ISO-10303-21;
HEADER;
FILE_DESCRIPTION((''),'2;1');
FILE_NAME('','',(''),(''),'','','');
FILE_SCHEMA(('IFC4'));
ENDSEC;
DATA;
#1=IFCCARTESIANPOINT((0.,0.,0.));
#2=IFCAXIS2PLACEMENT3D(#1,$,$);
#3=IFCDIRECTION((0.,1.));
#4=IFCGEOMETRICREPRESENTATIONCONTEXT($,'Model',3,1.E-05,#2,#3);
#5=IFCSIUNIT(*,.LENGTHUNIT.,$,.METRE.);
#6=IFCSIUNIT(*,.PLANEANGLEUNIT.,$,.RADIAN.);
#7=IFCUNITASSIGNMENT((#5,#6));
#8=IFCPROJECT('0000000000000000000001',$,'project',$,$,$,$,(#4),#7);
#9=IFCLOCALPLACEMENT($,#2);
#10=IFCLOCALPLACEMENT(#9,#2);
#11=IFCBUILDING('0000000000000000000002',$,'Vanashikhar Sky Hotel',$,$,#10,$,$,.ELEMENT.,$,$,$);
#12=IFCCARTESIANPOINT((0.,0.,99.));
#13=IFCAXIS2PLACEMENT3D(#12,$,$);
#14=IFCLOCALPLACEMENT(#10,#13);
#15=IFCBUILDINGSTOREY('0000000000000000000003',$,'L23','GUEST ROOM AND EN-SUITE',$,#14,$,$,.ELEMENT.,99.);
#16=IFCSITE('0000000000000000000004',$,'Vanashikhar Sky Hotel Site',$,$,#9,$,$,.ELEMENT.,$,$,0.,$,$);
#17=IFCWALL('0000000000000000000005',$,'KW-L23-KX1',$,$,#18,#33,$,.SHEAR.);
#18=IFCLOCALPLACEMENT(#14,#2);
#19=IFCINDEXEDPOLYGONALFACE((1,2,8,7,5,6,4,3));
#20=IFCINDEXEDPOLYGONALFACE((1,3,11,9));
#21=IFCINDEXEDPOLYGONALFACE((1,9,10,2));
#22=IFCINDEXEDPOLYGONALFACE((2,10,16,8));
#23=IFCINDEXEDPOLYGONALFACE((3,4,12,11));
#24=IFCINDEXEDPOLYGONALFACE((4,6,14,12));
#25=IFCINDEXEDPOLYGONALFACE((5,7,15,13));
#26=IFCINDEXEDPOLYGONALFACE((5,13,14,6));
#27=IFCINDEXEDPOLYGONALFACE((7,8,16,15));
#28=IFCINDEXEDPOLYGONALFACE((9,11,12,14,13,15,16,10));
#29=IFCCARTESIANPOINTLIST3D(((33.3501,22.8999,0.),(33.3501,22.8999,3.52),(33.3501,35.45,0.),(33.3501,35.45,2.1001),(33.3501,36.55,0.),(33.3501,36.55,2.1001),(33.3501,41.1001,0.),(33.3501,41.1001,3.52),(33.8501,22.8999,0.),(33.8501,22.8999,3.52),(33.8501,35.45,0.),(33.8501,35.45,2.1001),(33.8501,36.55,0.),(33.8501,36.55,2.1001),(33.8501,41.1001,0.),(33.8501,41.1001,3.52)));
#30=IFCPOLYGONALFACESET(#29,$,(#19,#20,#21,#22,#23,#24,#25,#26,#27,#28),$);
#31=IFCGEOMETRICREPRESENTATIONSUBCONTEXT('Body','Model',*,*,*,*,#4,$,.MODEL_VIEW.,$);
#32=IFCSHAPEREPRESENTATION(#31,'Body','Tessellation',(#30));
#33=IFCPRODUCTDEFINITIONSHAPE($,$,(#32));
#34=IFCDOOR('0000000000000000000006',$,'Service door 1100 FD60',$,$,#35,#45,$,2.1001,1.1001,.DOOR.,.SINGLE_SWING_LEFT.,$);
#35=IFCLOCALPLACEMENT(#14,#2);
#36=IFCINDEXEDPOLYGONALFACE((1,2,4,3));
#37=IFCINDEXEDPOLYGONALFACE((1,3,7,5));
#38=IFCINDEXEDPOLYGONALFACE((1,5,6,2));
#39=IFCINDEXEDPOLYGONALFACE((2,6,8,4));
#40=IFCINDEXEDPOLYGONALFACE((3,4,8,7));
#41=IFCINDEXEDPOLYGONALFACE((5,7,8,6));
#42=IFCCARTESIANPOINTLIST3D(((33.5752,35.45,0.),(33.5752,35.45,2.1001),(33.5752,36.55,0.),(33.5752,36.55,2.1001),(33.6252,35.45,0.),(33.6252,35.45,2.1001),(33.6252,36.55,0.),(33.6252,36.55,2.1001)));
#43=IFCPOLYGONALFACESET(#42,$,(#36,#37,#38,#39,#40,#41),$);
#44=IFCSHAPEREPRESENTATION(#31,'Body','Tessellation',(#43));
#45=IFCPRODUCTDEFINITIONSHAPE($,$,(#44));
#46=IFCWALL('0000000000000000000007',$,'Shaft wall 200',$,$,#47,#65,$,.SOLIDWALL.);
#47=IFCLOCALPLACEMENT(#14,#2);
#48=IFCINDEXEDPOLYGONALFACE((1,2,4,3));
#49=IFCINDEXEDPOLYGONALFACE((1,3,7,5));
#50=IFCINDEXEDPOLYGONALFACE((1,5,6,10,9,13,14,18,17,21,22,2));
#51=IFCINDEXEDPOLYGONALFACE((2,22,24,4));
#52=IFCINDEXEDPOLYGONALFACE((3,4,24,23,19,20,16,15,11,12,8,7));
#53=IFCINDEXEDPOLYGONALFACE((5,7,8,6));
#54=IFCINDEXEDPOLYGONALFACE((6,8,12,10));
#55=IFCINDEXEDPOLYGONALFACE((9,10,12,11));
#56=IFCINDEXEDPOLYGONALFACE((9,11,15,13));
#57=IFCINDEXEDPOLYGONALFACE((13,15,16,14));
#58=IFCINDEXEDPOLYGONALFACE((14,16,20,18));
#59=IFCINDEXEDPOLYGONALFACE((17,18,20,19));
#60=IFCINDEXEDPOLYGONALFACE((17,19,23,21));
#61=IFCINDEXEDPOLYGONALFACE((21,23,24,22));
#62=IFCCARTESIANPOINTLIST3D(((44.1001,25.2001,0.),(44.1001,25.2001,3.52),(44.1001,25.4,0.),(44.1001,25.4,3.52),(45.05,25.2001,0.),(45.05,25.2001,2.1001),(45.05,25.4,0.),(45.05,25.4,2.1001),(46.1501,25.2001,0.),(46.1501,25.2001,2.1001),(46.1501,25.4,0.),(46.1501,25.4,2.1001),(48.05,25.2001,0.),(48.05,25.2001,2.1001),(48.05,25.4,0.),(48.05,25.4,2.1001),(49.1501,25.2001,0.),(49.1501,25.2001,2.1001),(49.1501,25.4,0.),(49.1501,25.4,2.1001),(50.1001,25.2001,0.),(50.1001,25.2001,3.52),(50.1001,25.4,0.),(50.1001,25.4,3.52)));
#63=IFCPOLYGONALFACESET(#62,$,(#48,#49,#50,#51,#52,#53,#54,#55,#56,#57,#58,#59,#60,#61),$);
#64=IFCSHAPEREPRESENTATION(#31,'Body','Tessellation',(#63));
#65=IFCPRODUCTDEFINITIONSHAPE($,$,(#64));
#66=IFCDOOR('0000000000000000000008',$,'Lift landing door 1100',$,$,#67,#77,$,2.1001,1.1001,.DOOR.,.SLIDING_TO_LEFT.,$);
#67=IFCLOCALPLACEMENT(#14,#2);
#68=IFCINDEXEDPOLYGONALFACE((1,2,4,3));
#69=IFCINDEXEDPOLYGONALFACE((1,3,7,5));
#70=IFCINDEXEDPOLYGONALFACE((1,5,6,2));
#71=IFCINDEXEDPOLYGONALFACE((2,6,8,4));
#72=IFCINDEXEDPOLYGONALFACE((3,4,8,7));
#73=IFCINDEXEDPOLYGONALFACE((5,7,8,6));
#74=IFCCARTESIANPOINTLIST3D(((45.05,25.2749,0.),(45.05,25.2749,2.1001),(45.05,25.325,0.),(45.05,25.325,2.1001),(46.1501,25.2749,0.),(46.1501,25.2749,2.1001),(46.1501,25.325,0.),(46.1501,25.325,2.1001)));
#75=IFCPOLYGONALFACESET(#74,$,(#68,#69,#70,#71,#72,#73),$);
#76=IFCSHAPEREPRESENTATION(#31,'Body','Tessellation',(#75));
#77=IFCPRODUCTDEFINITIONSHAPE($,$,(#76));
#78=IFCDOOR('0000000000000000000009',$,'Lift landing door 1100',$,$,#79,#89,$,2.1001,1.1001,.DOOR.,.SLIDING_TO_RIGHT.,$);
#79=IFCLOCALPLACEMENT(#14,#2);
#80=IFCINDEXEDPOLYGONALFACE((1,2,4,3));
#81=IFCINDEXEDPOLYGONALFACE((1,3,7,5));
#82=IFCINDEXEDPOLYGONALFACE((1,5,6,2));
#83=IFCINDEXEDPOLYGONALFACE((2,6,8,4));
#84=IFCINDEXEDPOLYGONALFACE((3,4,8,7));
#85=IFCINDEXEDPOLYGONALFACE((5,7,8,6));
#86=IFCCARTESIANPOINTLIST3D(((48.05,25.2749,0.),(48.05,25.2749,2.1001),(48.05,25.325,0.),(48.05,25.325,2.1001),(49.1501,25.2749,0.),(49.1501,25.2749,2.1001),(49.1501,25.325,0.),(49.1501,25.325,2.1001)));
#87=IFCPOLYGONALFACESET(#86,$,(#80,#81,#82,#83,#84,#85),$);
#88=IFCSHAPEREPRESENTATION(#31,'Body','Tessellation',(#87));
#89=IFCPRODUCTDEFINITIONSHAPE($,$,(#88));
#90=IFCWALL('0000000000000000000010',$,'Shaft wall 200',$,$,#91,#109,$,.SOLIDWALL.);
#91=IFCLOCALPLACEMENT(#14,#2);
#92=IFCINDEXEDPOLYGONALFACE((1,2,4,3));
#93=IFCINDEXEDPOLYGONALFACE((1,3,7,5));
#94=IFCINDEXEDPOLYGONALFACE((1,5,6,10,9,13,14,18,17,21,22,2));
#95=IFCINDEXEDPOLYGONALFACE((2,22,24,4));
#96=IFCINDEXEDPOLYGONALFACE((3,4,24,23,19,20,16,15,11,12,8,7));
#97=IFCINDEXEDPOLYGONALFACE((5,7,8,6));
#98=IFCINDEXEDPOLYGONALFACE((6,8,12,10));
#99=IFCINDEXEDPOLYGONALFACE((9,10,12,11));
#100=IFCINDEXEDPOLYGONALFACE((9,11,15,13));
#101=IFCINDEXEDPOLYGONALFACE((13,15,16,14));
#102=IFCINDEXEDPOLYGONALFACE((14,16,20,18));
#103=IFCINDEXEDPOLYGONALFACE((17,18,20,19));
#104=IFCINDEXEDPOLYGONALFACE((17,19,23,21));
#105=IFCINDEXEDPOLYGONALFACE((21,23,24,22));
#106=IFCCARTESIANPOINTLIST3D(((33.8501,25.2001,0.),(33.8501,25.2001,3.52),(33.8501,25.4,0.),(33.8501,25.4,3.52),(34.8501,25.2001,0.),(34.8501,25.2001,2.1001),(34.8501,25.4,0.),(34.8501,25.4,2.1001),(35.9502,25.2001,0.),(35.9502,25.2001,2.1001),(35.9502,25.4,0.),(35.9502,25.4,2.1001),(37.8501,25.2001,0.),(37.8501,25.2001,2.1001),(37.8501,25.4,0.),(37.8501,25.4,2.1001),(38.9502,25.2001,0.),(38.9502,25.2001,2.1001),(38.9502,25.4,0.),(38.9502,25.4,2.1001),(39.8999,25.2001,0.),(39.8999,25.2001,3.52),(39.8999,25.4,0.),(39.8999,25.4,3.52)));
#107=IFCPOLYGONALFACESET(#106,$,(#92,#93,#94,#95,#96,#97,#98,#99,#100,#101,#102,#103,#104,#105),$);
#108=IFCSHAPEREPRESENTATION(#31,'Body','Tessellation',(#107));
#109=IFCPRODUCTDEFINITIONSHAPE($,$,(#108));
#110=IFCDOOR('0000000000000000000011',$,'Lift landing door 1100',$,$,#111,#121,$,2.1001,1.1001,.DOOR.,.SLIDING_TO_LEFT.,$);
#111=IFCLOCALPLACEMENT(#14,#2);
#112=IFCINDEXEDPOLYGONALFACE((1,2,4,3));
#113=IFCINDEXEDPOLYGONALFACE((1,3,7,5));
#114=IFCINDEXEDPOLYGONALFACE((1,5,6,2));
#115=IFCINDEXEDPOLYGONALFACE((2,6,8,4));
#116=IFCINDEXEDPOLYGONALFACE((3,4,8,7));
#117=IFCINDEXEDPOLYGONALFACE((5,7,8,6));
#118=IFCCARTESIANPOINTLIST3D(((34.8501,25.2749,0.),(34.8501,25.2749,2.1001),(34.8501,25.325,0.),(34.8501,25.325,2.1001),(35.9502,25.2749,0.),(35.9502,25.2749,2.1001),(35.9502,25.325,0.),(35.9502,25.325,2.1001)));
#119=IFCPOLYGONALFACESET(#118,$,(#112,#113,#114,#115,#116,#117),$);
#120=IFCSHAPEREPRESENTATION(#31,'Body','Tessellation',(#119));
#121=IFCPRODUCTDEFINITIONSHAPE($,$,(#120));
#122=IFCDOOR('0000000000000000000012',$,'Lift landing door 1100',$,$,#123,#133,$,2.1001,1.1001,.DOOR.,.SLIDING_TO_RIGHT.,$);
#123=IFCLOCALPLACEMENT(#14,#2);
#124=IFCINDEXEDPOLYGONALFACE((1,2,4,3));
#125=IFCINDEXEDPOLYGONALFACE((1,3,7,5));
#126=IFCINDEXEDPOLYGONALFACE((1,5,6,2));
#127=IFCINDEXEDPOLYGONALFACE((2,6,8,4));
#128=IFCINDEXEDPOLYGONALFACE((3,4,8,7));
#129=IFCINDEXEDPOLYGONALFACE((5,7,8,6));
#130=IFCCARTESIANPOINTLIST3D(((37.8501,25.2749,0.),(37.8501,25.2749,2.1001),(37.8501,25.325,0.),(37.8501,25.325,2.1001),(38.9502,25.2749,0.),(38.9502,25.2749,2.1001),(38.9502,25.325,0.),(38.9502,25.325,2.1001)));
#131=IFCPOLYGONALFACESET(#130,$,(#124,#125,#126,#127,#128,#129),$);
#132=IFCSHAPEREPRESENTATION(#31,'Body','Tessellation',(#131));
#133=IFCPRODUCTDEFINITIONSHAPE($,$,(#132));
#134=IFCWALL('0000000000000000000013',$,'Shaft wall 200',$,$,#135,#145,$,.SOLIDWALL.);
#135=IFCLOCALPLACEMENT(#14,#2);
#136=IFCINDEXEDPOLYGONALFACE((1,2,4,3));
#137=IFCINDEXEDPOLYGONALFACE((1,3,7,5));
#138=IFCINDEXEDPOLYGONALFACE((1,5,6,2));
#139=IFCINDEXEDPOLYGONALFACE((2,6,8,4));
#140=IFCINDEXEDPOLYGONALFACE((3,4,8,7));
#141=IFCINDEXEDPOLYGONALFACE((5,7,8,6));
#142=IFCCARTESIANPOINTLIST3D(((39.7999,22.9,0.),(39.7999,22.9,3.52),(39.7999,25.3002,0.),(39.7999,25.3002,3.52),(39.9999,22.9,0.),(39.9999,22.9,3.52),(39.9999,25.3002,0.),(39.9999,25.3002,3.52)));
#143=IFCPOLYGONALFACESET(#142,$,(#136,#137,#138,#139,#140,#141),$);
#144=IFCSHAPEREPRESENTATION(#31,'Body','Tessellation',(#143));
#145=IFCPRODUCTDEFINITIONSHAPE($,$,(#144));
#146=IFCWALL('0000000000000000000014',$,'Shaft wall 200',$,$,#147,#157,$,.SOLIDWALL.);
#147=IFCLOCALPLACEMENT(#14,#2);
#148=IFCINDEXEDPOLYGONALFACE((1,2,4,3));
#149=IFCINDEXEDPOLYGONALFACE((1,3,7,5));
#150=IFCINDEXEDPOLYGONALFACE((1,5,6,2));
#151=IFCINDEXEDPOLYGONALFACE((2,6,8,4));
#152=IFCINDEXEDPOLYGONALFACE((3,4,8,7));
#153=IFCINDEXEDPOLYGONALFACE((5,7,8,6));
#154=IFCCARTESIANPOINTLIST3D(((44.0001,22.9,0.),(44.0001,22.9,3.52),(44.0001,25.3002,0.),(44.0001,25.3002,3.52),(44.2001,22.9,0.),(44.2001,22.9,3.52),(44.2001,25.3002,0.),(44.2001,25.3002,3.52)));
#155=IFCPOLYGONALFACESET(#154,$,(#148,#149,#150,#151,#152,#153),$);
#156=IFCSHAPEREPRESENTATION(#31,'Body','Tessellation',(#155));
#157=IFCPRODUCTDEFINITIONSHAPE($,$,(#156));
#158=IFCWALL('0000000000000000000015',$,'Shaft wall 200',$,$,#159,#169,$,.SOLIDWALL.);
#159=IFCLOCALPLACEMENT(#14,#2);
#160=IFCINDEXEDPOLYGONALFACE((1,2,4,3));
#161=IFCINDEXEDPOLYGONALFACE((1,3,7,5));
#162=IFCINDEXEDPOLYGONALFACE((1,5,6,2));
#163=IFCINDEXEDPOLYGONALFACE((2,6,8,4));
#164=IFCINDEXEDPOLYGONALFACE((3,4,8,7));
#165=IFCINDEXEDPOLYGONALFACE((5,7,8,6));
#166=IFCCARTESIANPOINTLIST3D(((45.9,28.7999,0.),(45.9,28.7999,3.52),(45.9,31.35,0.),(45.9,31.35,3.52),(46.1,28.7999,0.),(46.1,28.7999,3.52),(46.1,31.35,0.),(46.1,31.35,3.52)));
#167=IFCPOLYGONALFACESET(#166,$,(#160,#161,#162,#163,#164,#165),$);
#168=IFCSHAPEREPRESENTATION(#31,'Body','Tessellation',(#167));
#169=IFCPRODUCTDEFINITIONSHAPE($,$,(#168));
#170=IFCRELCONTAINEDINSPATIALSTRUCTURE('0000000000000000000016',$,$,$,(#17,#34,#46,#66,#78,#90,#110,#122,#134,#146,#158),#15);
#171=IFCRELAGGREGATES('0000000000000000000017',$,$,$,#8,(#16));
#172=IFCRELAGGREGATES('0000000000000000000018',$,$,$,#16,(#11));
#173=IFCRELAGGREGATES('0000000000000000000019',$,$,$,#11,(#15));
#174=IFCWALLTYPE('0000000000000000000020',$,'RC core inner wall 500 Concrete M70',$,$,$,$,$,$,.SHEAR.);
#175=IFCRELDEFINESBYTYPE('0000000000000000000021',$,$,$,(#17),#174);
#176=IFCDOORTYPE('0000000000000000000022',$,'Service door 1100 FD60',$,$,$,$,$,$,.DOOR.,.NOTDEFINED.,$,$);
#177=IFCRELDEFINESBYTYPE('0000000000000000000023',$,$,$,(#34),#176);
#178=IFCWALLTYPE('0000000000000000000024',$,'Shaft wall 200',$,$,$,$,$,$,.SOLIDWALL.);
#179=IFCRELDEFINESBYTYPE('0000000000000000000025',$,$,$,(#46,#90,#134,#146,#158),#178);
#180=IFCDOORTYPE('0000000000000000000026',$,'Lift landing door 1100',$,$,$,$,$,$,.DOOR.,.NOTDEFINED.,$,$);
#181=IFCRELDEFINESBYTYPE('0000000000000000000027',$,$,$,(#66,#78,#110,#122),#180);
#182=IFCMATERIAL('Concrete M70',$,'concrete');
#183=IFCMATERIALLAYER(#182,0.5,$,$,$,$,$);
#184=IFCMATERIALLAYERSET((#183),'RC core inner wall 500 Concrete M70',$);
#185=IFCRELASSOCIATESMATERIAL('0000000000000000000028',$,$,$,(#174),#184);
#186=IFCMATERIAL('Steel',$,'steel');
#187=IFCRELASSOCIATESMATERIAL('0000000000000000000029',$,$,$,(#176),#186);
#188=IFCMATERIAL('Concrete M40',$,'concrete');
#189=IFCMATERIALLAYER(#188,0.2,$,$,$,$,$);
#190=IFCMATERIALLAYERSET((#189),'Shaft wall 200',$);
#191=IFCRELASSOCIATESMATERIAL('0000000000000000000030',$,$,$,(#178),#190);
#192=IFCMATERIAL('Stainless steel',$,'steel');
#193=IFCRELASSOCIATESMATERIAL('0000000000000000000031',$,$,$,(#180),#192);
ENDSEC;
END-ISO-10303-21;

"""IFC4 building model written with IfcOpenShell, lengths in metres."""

from ifc_helpers import new_model, si_unit, direction, frame, frame_2d, origin, place, context, subcontext, project, spatial, rectangle, extrude, source, transform, mapped, material, layer, layer_set, type_object, element, fill, save


model = new_model("IFC4")

# Units and contexts
model_context = context("Model", 3, precision=1e-05, world=origin(), true_north=direction((0.0, 1.0)))
body_context = subcontext(model_context, "Body", "Model", "MODEL_VIEW")
ifc_project = project(units=[si_unit("LENGTHUNIT", "METRE"), si_unit("PLANEANGLEUNIT", "RADIAN")], contexts=[model_context])

# Site, building, storey
site_placement = place(None, origin())
site = spatial("IfcSite", under=ifc_project, at=site_placement, Name="Vanashikhar Sky Hotel Site", CompositionType="ELEMENT", RefElevation=0.0)
building_placement = place(site_placement, origin())
building = spatial("IfcBuilding", under=site, at=building_placement, Name="Vanashikhar Sky Hotel", CompositionType="ELEMENT")
storey_placement = place(building_placement, frame((0.0, 0.0, 99.0)))
storey = spatial("IfcBuildingStorey", under=building, at=storey_placement, Name="L23", Description="GUEST ROOM AND EN-SUITE", CompositionType="ELEMENT", Elevation=99.0)

# Wall, opening, door
ifc_material_1 = material(Name="Concrete M70", Category="concrete")
ifc_layer_1 = layer(ifc_material_1, 0.5)
ifc_layer_set_1 = layer_set([ifc_layer_1], Name="RC core inner wall 500 Concrete M70")
wall_type_1 = type_object("IfcWallType", Name="RC core inner wall 500 Concrete M70", PredefinedType="SHEAR", material=ifc_layer_set_1)
shared_shape_1 = source(origin(), body_context, "Body", "SweptSolid", [
    extrude(rectangle(XDim=18.2002, YDim=0.5, at=frame_2d((9.1001, 0.0))), origin(), (0.0, 0.0, 1.0), 3.52),
])
wall_1_placement = place(storey_placement, frame((33.6001, 22.8999, 0.0), z_axis=(0.0, 0.0, 1.0), x_axis=(0.0, 1.0, 0.0)))
wall_1 = element("IfcWall", 1, at=wall_1_placement, inside=storey, type_object=wall_type_1, Name="KW-L23-KX1", PredefinedType="SHEAR", context=body_context, shape_type="MappedRepresentation", body=[
    mapped(shared_shape_1, transform((0.0, 0.0, 0.0), scale=1.0)),
])
shared_shape_2 = source(origin(), body_context, "Body", "SweptSolid", [
    extrude(rectangle(XDim=1.1001, YDim=2.1001, at=frame_2d((0.55, 1.05))), frame((0.0, 0.26, 0.0), z_axis=(0.0, -1.0, 0.0), x_axis=(1.0, 0.0, 0.0)), (0.0, 0.0, 1.0), 0.52),
])
opening_1_placement = place(wall_1_placement, frame((12.55, 0.0, 0.0)))
opening_1 = element("IfcOpeningElement", 2, at=opening_1_placement, cuts=wall_1, PredefinedType="OPENING", context=body_context, shape_type="MappedRepresentation", body=[
    mapped(shared_shape_2, transform((0.0, 0.0, 0.0), scale=1.0)),
])
ifc_material_2 = material(Name="Steel", Category="steel")
door_type_1 = type_object("IfcDoorType", Name="Service door 1100 FD60", OperationType="NOTDEFINED", PredefinedType="DOOR", material=ifc_material_2)
shared_shape_3 = source(origin(), body_context, "Body", "SweptSolid", [
    extrude(rectangle(XDim=1.1001, YDim=2.1001, at=frame_2d((0.55, 1.05))), frame((0.0, 0.0249, 0.0), z_axis=(0.0, -1.0, 0.0), x_axis=(1.0, 0.0, 0.0)), (0.0, 0.0, 1.0), 0.05),
])
door_1_placement = place(opening_1_placement, origin())
door_1 = element("IfcDoor", 3, at=door_1_placement, inside=storey, type_object=door_type_1, Name="Service door 1100 FD60", OperationType="SINGLE_SWING_LEFT", OverallHeight=2.1001, OverallWidth=1.1001, PredefinedType="DOOR", context=body_context, shape_type="MappedRepresentation", body=[
    mapped(shared_shape_3, transform((0.0, 0.0, 0.0), scale=1.0)),
])
fill(opening_1, door_1)

# Walls, openings, doors
ifc_material_3 = material(Name="Concrete M40", Category="concrete")
ifc_layer_2 = layer(ifc_material_3, 0.2)
ifc_layer_set_2 = layer_set([ifc_layer_2], Name="Shaft wall 200")
wall_type_2 = type_object("IfcWallType", Name="Shaft wall 200", PredefinedType="SOLIDWALL", material=ifc_layer_set_2)
shared_shape_4 = source(origin(), body_context, "Body", "SweptSolid", [
    extrude(rectangle(XDim=6.0, YDim=0.2, at=frame_2d((3.0, 0.0))), origin(), (0.0, 0.0, 1.0), 3.52),
])
wall_2_placement = place(storey_placement, frame((44.1001, 25.3, 0.0), z_axis=(0.0, 0.0, 1.0), x_axis=(1.0, 0.0, 0.0)))
wall_2 = element("IfcWall", 4, at=wall_2_placement, inside=storey, type_object=wall_type_2, Name="Shaft wall 200", PredefinedType="SOLIDWALL", context=body_context, shape_type="MappedRepresentation", body=[
    mapped(shared_shape_4, transform((0.0, 0.0, 0.0), scale=1.0)),
])
shared_shape_5 = source(origin(), body_context, "Body", "SweptSolid", [
    extrude(rectangle(XDim=1.1001, YDim=2.1001, at=frame_2d((0.55, 1.05))), frame((0.0, 0.1099, 0.0), z_axis=(0.0, -1.0, 0.0), x_axis=(1.0, 0.0, 0.0)), (0.0, 0.0, 1.0), 0.22),
])
opening_2_placement = place(wall_2_placement, frame((0.95, 0.0, 0.0)))
opening_2 = element("IfcOpeningElement", 5, at=opening_2_placement, cuts=wall_2, PredefinedType="OPENING", context=body_context, shape_type="MappedRepresentation", body=[
    mapped(shared_shape_5, transform((0.0, 0.0, 0.0), scale=1.0)),
])
opening_3_placement = place(wall_2_placement, frame((3.95, 0.0, 0.0)))
opening_3 = element("IfcOpeningElement", 6, at=opening_3_placement, cuts=wall_2, PredefinedType="OPENING", context=body_context, shape_type="MappedRepresentation", body=[
    mapped(shared_shape_5, transform((0.0, 0.0, 0.0), scale=1.0)),
])
ifc_material_4 = material(Name="Stainless steel", Category="steel")
door_type_2 = type_object("IfcDoorType", Name="Lift landing door 1100", OperationType="NOTDEFINED", PredefinedType="DOOR", material=ifc_material_4)
door_2_placement = place(opening_2_placement, origin())
door_2 = element("IfcDoor", 7, at=door_2_placement, inside=storey, type_object=door_type_2, Name="Lift landing door 1100", OperationType="SLIDING_TO_LEFT", OverallHeight=2.1001, OverallWidth=1.1001, PredefinedType="DOOR", context=body_context, shape_type="MappedRepresentation", body=[
    mapped(shared_shape_3, transform((0.0, 0.0, 0.0), scale=1.0)),
])
fill(opening_2, door_2)
door_3_placement = place(opening_3_placement, origin())
door_3 = element("IfcDoor", 8, at=door_3_placement, inside=storey, type_object=door_type_2, Name="Lift landing door 1100", OperationType="SLIDING_TO_RIGHT", OverallHeight=2.1001, OverallWidth=1.1001, PredefinedType="DOOR", context=body_context, shape_type="MappedRepresentation", body=[
    mapped(shared_shape_3, transform((0.0, 0.0, 0.0), scale=1.0)),
])
fill(opening_3, door_3)
shared_shape_6 = source(origin(), body_context, "Body", "SweptSolid", [
    extrude(rectangle(XDim=6.0498, YDim=0.2, at=frame_2d((3.0249, 0.0))), origin(), (0.0, 0.0, 1.0), 3.52),
])
wall_3_placement = place(storey_placement, frame((33.8501, 25.3, 0.0), z_axis=(0.0, 0.0, 1.0), x_axis=(1.0, 0.0, 0.0)))
wall_3 = element("IfcWall", 9, at=wall_3_placement, inside=storey, type_object=wall_type_2, Name="Shaft wall 200", PredefinedType="SOLIDWALL", context=body_context, shape_type="MappedRepresentation", body=[
    mapped(shared_shape_6, transform((0.0, 0.0, 0.0), scale=1.0)),
])
opening_4_placement = place(wall_3_placement, frame((1.0, 0.0, 0.0)))
opening_4 = element("IfcOpeningElement", 10, at=opening_4_placement, cuts=wall_3, PredefinedType="OPENING", context=body_context, shape_type="MappedRepresentation", body=[
    mapped(shared_shape_5, transform((0.0, 0.0, 0.0), scale=1.0)),
])
opening_5_placement = place(wall_3_placement, frame((4.0, 0.0, 0.0)))
opening_5 = element("IfcOpeningElement", 11, at=opening_5_placement, cuts=wall_3, PredefinedType="OPENING", context=body_context, shape_type="MappedRepresentation", body=[
    mapped(shared_shape_5, transform((0.0, 0.0, 0.0), scale=1.0)),
])
door_4_placement = place(opening_4_placement, origin())
door_4 = element("IfcDoor", 12, at=door_4_placement, inside=storey, type_object=door_type_2, Name="Lift landing door 1100", OperationType="SLIDING_TO_LEFT", OverallHeight=2.1001, OverallWidth=1.1001, PredefinedType="DOOR", context=body_context, shape_type="MappedRepresentation", body=[
    mapped(shared_shape_3, transform((0.0, 0.0, 0.0), scale=1.0)),
])
fill(opening_4, door_4)
door_5_placement = place(opening_5_placement, origin())
door_5 = element("IfcDoor", 13, at=door_5_placement, inside=storey, type_object=door_type_2, Name="Lift landing door 1100", OperationType="SLIDING_TO_RIGHT", OverallHeight=2.1001, OverallWidth=1.1001, PredefinedType="DOOR", context=body_context, shape_type="MappedRepresentation", body=[
    mapped(shared_shape_3, transform((0.0, 0.0, 0.0), scale=1.0)),
])
fill(opening_5, door_5)

# Walls
shared_shape_7 = source(origin(), body_context, "Body", "SweptSolid", [
    extrude(rectangle(XDim=2.4001, YDim=0.2, at=frame_2d((1.2002, 0.0))), origin(), (0.0, 0.0, 1.0), 3.52),
])
for number, where, z_axis, x_axis, name in (
    (14, (39.8999, 22.8999, 0.0), (0.0, 0.0, 1.0), (0.0, 1.0, 0.0), "Shaft wall 200"),
    (15, (44.1001, 22.8999, 0.0), (0.0, 0.0, 1.0), (0.0, 1.0, 0.0), "Shaft wall 200"),
):
    element("IfcWall", number, at=place(storey_placement, frame(where, z_axis=z_axis, x_axis=x_axis)), inside=storey, type_object=wall_type_2, Name=name, PredefinedType="SOLIDWALL", context=body_context, shape_type="MappedRepresentation", body=[
        mapped(shared_shape_7, transform((0.0, 0.0, 0.0), scale=1.0)),
    ])
shared_shape_8 = source(origin(), body_context, "Body", "SweptSolid", [
    extrude(rectangle(XDim=2.55, YDim=0.2, at=frame_2d((1.2749, 0.0))), origin(), (0.0, 0.0, 1.0), 3.52),
])
wall_4_placement = place(storey_placement, frame((46.0, 28.8, 0.0), z_axis=(0.0, 0.0, 1.0), x_axis=(0.0, 1.0, 0.0)))
element("IfcWall", 16, at=wall_4_placement, inside=storey, type_object=wall_type_2, Name="Shaft wall 200", PredefinedType="SOLIDWALL", context=body_context, shape_type="MappedRepresentation", body=[
    mapped(shared_shape_8, transform((0.0, 0.0, 0.0), scale=1.0)),
])

save(model, "model.ifc")
